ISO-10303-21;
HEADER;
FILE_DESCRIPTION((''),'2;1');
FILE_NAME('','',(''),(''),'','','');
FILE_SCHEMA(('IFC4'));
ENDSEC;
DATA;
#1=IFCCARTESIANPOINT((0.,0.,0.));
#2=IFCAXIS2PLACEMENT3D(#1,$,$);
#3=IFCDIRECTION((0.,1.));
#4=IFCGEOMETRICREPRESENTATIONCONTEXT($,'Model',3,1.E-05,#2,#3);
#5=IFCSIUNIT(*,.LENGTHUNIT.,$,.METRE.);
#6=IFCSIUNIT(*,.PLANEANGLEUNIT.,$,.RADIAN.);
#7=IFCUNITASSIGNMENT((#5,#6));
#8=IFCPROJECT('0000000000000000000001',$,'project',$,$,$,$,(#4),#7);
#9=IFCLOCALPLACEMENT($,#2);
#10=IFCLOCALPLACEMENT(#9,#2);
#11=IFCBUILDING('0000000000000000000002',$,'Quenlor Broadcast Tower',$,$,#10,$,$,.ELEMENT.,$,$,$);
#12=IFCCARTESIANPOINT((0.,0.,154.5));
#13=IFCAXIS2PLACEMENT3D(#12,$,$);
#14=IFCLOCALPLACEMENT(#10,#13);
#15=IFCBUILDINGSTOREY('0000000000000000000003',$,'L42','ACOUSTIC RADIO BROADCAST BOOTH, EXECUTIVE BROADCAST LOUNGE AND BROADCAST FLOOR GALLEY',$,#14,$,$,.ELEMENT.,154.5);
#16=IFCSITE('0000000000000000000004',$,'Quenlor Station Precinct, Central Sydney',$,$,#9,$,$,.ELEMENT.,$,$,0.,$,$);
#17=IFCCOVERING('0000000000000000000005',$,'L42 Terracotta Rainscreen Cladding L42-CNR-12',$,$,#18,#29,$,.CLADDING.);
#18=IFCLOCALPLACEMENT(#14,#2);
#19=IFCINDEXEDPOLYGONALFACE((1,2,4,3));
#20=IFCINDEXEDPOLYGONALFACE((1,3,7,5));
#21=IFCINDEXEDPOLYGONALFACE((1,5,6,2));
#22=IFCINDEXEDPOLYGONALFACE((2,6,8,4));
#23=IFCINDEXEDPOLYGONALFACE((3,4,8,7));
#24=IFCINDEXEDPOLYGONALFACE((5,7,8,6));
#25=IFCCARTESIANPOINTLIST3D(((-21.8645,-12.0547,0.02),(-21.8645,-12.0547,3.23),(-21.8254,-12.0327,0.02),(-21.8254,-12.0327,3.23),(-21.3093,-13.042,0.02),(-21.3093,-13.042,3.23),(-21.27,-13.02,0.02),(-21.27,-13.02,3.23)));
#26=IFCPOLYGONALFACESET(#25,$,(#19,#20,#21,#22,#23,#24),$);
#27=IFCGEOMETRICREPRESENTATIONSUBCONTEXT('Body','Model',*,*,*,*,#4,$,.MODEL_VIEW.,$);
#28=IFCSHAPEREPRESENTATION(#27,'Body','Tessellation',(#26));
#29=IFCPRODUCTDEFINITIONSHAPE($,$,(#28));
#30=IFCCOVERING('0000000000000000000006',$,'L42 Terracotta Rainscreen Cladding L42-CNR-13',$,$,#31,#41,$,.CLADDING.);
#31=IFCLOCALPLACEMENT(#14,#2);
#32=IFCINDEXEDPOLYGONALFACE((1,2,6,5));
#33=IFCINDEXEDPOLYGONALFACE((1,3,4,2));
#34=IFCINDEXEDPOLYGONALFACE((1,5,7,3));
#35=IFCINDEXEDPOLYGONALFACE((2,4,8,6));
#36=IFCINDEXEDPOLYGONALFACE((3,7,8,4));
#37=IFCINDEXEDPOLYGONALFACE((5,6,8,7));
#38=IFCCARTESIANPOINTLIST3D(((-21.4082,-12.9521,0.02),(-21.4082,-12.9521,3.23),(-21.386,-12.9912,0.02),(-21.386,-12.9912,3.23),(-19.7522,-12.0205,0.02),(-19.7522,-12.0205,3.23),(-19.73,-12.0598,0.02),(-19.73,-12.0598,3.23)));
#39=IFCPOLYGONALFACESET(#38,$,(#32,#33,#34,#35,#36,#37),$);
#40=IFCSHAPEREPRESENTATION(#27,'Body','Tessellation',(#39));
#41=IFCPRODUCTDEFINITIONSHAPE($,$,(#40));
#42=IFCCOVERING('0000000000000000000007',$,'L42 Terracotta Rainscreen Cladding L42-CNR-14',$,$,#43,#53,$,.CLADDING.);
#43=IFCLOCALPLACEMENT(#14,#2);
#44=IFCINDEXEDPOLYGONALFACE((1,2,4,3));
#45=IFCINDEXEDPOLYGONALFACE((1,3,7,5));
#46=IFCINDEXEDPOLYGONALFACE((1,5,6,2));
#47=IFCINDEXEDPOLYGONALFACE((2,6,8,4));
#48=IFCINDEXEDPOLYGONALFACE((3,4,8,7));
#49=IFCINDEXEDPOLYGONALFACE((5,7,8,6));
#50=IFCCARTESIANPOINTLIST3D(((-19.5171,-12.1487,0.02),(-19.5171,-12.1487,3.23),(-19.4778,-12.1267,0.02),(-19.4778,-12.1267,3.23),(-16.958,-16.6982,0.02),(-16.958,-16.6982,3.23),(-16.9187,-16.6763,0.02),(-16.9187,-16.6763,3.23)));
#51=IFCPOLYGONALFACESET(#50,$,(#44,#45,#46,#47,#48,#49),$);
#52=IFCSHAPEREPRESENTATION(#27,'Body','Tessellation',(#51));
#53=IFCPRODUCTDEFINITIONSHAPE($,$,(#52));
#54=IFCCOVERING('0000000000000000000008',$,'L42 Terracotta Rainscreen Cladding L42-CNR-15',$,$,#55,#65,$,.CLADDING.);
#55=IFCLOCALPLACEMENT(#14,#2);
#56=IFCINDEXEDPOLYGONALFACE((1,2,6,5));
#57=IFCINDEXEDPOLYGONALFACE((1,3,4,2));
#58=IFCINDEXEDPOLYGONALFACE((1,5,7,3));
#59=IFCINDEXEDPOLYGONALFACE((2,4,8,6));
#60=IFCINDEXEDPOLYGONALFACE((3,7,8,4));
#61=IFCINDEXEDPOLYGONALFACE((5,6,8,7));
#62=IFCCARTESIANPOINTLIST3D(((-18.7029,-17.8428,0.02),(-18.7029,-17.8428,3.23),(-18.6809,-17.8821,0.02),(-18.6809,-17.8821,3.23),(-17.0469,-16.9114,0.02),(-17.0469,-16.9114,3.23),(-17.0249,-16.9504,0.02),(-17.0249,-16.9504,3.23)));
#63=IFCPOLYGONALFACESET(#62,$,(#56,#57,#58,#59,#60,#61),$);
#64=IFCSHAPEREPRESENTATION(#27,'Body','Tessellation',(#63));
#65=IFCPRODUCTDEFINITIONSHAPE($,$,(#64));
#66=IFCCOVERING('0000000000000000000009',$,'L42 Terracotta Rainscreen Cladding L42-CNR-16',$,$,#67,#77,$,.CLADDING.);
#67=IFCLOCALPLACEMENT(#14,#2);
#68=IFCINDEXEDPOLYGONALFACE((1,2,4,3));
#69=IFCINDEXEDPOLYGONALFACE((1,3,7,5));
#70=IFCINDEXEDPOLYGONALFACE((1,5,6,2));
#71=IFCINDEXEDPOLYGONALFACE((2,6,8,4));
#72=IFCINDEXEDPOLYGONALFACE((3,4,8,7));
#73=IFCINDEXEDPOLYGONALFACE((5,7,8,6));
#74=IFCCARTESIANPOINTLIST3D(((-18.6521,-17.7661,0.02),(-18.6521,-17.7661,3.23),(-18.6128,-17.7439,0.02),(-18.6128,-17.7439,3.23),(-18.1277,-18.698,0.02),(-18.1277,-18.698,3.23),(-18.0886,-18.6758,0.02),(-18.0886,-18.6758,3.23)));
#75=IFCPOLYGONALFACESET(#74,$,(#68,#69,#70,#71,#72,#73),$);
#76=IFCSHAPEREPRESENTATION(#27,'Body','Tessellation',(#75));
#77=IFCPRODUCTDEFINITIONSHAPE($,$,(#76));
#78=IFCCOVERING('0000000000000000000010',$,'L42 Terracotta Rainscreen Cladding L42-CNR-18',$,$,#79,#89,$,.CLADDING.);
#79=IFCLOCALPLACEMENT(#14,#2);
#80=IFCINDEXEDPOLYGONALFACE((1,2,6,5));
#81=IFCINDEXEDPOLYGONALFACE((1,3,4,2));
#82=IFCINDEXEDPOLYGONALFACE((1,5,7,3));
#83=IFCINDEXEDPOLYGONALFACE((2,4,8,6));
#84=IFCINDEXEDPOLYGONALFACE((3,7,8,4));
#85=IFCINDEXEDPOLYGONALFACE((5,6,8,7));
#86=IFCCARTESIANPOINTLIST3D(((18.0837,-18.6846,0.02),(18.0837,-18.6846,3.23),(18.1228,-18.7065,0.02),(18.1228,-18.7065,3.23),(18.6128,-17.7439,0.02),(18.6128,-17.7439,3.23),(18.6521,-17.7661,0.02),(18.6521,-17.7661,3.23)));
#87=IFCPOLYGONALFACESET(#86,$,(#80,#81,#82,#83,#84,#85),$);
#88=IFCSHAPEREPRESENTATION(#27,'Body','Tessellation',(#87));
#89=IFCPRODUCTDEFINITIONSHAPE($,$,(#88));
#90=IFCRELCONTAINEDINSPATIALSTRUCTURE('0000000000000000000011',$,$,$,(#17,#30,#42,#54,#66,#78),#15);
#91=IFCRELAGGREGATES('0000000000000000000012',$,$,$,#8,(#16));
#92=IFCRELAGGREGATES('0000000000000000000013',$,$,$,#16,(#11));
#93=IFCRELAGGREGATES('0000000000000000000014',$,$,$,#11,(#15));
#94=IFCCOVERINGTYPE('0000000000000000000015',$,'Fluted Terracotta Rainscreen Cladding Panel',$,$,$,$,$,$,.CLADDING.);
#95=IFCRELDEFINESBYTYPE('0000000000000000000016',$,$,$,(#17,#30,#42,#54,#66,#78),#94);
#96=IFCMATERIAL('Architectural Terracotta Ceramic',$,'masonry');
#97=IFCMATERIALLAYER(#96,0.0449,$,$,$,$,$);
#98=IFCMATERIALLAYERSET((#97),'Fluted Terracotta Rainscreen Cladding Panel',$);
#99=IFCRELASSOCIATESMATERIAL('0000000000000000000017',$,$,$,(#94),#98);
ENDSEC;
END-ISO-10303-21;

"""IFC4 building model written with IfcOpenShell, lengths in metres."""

from ifc_helpers import new_model, si_unit, direction, frame, origin, place, context, subcontext, project, spatial, polyline, outline, extrude, material, layer, layer_set, type_object, element, save


model = new_model("IFC4")

# Units and contexts
model_context = context("Model", 3, precision=1e-05, world=origin(), true_north=direction((0.0, 1.0)))
body_context = subcontext(model_context, "Body", "Model", "MODEL_VIEW")
ifc_project = project(units=[si_unit("LENGTHUNIT", "METRE"), si_unit("PLANEANGLEUNIT", "RADIAN")], contexts=[model_context])

# Site, building, storey
site_placement = place(None, origin())
site = spatial("IfcSite", under=ifc_project, at=site_placement, Name="Quenlor Station Precinct, Central Sydney", CompositionType="ELEMENT", RefElevation=0.0)
building_placement = place(site_placement, origin())
building = spatial("IfcBuilding", under=site, at=building_placement, Name="Quenlor Broadcast Tower", CompositionType="ELEMENT")
storey_placement = place(building_placement, frame((0.0, 0.0, 154.5)))
storey = spatial("IfcBuildingStorey", under=building, at=storey_placement, Name="L42", Description="ACOUSTIC RADIO BROADCAST BOOTH, EXECUTIVE BROADCAST LOUNGE AND BROADCAST FLOOR GALLEY", CompositionType="ELEMENT", Elevation=154.5)

# Coverings
ifc_material_1 = material(Name="Architectural Terracotta Ceramic", Category="masonry")
ifc_layer_1 = layer(ifc_material_1, 0.0449)
ifc_layer_set_1 = layer_set([ifc_layer_1], Name="Fluted Terracotta Rainscreen Cladding Panel")
covering_type_1 = type_object("IfcCoveringType", Name="Fluted Terracotta Rainscreen Cladding Panel", PredefinedType="CLADDING", material=ifc_layer_set_1)
covering_1_placement = place(storey_placement, frame((0.0, 0.0, 0.02)))
element("IfcCovering", 1, at=covering_1_placement, inside=storey, type_object=covering_type_1, Name="L42 Terracotta Rainscreen Cladding L42-CNR-12", PredefinedType="CLADDING", context=body_context, shape_type="SweptSolid", body=[
    extrude(outline(polyline([(-21.8645, -12.0547), (-21.3093, -13.042), (-21.27, -13.02), (-21.8254, -12.0327), (-21.8645, -12.0547)])), origin(), (0.0, 0.0, 1.0), 3.21),
])
covering_2_placement = place(storey_placement, frame((0.0, 0.0, 0.02)))
element("IfcCovering", 2, at=covering_2_placement, inside=storey, type_object=covering_type_1, Name="L42 Terracotta Rainscreen Cladding L42-CNR-13", PredefinedType="CLADDING", context=body_context, shape_type="SweptSolid", body=[
    extrude(outline(polyline([(-21.386, -12.9912), (-19.73, -12.0598), (-19.7522, -12.0205), (-21.4082, -12.9521), (-21.386, -12.9912)])), origin(), (0.0, 0.0, 1.0), 3.21),
])
covering_3_placement = place(storey_placement, frame((0.0, 0.0, 0.02)))
element("IfcCovering", 3, at=covering_3_placement, inside=storey, type_object=covering_type_1, Name="L42 Terracotta Rainscreen Cladding L42-CNR-14", PredefinedType="CLADDING", context=body_context, shape_type="SweptSolid", body=[
    extrude(outline(polyline([(-19.5171, -12.1487), (-16.958, -16.6982), (-16.9187, -16.6763), (-19.4778, -12.1267), (-19.5171, -12.1487)])), origin(), (0.0, 0.0, 1.0), 3.21),
])
covering_4_placement = place(storey_placement, frame((0.0, 0.0, 0.02)))
element("IfcCovering", 4, at=covering_4_placement, inside=storey, type_object=covering_type_1, Name="L42 Terracotta Rainscreen Cladding L42-CNR-15", PredefinedType="CLADDING", context=body_context, shape_type="SweptSolid", body=[
    extrude(outline(polyline([(-17.0469, -16.9114), (-18.7029, -17.8428), (-18.6809, -17.8821), (-17.0249, -16.9504), (-17.0469, -16.9114)])), origin(), (0.0, 0.0, 1.0), 3.21),
])
covering_5_placement = place(storey_placement, frame((0.0, 0.0, 0.02)))
element("IfcCovering", 5, at=covering_5_placement, inside=storey, type_object=covering_type_1, Name="L42 Terracotta Rainscreen Cladding L42-CNR-16", PredefinedType="CLADDING", context=body_context, shape_type="SweptSolid", body=[
    extrude(outline(polyline([(-18.6521, -17.7661), (-18.1277, -18.698), (-18.0886, -18.6758), (-18.6128, -17.7439), (-18.6521, -17.7661)])), origin(), (0.0, 0.0, 1.0), 3.21),
])
covering_6_placement = place(storey_placement, frame((0.0, 0.0, 0.02)))
element("IfcCovering", 6, at=covering_6_placement, inside=storey, type_object=covering_type_1, Name="L42 Terracotta Rainscreen Cladding L42-CNR-18", PredefinedType="CLADDING", context=body_context, shape_type="SweptSolid", body=[
    extrude(outline(polyline([(18.1228, -18.7065), (18.6521, -17.7661), (18.6128, -17.7439), (18.0837, -18.6846), (18.1228, -18.7065)])), origin(), (0.0, 0.0, 1.0), 3.21),
])

save(model, "model.ifc")
